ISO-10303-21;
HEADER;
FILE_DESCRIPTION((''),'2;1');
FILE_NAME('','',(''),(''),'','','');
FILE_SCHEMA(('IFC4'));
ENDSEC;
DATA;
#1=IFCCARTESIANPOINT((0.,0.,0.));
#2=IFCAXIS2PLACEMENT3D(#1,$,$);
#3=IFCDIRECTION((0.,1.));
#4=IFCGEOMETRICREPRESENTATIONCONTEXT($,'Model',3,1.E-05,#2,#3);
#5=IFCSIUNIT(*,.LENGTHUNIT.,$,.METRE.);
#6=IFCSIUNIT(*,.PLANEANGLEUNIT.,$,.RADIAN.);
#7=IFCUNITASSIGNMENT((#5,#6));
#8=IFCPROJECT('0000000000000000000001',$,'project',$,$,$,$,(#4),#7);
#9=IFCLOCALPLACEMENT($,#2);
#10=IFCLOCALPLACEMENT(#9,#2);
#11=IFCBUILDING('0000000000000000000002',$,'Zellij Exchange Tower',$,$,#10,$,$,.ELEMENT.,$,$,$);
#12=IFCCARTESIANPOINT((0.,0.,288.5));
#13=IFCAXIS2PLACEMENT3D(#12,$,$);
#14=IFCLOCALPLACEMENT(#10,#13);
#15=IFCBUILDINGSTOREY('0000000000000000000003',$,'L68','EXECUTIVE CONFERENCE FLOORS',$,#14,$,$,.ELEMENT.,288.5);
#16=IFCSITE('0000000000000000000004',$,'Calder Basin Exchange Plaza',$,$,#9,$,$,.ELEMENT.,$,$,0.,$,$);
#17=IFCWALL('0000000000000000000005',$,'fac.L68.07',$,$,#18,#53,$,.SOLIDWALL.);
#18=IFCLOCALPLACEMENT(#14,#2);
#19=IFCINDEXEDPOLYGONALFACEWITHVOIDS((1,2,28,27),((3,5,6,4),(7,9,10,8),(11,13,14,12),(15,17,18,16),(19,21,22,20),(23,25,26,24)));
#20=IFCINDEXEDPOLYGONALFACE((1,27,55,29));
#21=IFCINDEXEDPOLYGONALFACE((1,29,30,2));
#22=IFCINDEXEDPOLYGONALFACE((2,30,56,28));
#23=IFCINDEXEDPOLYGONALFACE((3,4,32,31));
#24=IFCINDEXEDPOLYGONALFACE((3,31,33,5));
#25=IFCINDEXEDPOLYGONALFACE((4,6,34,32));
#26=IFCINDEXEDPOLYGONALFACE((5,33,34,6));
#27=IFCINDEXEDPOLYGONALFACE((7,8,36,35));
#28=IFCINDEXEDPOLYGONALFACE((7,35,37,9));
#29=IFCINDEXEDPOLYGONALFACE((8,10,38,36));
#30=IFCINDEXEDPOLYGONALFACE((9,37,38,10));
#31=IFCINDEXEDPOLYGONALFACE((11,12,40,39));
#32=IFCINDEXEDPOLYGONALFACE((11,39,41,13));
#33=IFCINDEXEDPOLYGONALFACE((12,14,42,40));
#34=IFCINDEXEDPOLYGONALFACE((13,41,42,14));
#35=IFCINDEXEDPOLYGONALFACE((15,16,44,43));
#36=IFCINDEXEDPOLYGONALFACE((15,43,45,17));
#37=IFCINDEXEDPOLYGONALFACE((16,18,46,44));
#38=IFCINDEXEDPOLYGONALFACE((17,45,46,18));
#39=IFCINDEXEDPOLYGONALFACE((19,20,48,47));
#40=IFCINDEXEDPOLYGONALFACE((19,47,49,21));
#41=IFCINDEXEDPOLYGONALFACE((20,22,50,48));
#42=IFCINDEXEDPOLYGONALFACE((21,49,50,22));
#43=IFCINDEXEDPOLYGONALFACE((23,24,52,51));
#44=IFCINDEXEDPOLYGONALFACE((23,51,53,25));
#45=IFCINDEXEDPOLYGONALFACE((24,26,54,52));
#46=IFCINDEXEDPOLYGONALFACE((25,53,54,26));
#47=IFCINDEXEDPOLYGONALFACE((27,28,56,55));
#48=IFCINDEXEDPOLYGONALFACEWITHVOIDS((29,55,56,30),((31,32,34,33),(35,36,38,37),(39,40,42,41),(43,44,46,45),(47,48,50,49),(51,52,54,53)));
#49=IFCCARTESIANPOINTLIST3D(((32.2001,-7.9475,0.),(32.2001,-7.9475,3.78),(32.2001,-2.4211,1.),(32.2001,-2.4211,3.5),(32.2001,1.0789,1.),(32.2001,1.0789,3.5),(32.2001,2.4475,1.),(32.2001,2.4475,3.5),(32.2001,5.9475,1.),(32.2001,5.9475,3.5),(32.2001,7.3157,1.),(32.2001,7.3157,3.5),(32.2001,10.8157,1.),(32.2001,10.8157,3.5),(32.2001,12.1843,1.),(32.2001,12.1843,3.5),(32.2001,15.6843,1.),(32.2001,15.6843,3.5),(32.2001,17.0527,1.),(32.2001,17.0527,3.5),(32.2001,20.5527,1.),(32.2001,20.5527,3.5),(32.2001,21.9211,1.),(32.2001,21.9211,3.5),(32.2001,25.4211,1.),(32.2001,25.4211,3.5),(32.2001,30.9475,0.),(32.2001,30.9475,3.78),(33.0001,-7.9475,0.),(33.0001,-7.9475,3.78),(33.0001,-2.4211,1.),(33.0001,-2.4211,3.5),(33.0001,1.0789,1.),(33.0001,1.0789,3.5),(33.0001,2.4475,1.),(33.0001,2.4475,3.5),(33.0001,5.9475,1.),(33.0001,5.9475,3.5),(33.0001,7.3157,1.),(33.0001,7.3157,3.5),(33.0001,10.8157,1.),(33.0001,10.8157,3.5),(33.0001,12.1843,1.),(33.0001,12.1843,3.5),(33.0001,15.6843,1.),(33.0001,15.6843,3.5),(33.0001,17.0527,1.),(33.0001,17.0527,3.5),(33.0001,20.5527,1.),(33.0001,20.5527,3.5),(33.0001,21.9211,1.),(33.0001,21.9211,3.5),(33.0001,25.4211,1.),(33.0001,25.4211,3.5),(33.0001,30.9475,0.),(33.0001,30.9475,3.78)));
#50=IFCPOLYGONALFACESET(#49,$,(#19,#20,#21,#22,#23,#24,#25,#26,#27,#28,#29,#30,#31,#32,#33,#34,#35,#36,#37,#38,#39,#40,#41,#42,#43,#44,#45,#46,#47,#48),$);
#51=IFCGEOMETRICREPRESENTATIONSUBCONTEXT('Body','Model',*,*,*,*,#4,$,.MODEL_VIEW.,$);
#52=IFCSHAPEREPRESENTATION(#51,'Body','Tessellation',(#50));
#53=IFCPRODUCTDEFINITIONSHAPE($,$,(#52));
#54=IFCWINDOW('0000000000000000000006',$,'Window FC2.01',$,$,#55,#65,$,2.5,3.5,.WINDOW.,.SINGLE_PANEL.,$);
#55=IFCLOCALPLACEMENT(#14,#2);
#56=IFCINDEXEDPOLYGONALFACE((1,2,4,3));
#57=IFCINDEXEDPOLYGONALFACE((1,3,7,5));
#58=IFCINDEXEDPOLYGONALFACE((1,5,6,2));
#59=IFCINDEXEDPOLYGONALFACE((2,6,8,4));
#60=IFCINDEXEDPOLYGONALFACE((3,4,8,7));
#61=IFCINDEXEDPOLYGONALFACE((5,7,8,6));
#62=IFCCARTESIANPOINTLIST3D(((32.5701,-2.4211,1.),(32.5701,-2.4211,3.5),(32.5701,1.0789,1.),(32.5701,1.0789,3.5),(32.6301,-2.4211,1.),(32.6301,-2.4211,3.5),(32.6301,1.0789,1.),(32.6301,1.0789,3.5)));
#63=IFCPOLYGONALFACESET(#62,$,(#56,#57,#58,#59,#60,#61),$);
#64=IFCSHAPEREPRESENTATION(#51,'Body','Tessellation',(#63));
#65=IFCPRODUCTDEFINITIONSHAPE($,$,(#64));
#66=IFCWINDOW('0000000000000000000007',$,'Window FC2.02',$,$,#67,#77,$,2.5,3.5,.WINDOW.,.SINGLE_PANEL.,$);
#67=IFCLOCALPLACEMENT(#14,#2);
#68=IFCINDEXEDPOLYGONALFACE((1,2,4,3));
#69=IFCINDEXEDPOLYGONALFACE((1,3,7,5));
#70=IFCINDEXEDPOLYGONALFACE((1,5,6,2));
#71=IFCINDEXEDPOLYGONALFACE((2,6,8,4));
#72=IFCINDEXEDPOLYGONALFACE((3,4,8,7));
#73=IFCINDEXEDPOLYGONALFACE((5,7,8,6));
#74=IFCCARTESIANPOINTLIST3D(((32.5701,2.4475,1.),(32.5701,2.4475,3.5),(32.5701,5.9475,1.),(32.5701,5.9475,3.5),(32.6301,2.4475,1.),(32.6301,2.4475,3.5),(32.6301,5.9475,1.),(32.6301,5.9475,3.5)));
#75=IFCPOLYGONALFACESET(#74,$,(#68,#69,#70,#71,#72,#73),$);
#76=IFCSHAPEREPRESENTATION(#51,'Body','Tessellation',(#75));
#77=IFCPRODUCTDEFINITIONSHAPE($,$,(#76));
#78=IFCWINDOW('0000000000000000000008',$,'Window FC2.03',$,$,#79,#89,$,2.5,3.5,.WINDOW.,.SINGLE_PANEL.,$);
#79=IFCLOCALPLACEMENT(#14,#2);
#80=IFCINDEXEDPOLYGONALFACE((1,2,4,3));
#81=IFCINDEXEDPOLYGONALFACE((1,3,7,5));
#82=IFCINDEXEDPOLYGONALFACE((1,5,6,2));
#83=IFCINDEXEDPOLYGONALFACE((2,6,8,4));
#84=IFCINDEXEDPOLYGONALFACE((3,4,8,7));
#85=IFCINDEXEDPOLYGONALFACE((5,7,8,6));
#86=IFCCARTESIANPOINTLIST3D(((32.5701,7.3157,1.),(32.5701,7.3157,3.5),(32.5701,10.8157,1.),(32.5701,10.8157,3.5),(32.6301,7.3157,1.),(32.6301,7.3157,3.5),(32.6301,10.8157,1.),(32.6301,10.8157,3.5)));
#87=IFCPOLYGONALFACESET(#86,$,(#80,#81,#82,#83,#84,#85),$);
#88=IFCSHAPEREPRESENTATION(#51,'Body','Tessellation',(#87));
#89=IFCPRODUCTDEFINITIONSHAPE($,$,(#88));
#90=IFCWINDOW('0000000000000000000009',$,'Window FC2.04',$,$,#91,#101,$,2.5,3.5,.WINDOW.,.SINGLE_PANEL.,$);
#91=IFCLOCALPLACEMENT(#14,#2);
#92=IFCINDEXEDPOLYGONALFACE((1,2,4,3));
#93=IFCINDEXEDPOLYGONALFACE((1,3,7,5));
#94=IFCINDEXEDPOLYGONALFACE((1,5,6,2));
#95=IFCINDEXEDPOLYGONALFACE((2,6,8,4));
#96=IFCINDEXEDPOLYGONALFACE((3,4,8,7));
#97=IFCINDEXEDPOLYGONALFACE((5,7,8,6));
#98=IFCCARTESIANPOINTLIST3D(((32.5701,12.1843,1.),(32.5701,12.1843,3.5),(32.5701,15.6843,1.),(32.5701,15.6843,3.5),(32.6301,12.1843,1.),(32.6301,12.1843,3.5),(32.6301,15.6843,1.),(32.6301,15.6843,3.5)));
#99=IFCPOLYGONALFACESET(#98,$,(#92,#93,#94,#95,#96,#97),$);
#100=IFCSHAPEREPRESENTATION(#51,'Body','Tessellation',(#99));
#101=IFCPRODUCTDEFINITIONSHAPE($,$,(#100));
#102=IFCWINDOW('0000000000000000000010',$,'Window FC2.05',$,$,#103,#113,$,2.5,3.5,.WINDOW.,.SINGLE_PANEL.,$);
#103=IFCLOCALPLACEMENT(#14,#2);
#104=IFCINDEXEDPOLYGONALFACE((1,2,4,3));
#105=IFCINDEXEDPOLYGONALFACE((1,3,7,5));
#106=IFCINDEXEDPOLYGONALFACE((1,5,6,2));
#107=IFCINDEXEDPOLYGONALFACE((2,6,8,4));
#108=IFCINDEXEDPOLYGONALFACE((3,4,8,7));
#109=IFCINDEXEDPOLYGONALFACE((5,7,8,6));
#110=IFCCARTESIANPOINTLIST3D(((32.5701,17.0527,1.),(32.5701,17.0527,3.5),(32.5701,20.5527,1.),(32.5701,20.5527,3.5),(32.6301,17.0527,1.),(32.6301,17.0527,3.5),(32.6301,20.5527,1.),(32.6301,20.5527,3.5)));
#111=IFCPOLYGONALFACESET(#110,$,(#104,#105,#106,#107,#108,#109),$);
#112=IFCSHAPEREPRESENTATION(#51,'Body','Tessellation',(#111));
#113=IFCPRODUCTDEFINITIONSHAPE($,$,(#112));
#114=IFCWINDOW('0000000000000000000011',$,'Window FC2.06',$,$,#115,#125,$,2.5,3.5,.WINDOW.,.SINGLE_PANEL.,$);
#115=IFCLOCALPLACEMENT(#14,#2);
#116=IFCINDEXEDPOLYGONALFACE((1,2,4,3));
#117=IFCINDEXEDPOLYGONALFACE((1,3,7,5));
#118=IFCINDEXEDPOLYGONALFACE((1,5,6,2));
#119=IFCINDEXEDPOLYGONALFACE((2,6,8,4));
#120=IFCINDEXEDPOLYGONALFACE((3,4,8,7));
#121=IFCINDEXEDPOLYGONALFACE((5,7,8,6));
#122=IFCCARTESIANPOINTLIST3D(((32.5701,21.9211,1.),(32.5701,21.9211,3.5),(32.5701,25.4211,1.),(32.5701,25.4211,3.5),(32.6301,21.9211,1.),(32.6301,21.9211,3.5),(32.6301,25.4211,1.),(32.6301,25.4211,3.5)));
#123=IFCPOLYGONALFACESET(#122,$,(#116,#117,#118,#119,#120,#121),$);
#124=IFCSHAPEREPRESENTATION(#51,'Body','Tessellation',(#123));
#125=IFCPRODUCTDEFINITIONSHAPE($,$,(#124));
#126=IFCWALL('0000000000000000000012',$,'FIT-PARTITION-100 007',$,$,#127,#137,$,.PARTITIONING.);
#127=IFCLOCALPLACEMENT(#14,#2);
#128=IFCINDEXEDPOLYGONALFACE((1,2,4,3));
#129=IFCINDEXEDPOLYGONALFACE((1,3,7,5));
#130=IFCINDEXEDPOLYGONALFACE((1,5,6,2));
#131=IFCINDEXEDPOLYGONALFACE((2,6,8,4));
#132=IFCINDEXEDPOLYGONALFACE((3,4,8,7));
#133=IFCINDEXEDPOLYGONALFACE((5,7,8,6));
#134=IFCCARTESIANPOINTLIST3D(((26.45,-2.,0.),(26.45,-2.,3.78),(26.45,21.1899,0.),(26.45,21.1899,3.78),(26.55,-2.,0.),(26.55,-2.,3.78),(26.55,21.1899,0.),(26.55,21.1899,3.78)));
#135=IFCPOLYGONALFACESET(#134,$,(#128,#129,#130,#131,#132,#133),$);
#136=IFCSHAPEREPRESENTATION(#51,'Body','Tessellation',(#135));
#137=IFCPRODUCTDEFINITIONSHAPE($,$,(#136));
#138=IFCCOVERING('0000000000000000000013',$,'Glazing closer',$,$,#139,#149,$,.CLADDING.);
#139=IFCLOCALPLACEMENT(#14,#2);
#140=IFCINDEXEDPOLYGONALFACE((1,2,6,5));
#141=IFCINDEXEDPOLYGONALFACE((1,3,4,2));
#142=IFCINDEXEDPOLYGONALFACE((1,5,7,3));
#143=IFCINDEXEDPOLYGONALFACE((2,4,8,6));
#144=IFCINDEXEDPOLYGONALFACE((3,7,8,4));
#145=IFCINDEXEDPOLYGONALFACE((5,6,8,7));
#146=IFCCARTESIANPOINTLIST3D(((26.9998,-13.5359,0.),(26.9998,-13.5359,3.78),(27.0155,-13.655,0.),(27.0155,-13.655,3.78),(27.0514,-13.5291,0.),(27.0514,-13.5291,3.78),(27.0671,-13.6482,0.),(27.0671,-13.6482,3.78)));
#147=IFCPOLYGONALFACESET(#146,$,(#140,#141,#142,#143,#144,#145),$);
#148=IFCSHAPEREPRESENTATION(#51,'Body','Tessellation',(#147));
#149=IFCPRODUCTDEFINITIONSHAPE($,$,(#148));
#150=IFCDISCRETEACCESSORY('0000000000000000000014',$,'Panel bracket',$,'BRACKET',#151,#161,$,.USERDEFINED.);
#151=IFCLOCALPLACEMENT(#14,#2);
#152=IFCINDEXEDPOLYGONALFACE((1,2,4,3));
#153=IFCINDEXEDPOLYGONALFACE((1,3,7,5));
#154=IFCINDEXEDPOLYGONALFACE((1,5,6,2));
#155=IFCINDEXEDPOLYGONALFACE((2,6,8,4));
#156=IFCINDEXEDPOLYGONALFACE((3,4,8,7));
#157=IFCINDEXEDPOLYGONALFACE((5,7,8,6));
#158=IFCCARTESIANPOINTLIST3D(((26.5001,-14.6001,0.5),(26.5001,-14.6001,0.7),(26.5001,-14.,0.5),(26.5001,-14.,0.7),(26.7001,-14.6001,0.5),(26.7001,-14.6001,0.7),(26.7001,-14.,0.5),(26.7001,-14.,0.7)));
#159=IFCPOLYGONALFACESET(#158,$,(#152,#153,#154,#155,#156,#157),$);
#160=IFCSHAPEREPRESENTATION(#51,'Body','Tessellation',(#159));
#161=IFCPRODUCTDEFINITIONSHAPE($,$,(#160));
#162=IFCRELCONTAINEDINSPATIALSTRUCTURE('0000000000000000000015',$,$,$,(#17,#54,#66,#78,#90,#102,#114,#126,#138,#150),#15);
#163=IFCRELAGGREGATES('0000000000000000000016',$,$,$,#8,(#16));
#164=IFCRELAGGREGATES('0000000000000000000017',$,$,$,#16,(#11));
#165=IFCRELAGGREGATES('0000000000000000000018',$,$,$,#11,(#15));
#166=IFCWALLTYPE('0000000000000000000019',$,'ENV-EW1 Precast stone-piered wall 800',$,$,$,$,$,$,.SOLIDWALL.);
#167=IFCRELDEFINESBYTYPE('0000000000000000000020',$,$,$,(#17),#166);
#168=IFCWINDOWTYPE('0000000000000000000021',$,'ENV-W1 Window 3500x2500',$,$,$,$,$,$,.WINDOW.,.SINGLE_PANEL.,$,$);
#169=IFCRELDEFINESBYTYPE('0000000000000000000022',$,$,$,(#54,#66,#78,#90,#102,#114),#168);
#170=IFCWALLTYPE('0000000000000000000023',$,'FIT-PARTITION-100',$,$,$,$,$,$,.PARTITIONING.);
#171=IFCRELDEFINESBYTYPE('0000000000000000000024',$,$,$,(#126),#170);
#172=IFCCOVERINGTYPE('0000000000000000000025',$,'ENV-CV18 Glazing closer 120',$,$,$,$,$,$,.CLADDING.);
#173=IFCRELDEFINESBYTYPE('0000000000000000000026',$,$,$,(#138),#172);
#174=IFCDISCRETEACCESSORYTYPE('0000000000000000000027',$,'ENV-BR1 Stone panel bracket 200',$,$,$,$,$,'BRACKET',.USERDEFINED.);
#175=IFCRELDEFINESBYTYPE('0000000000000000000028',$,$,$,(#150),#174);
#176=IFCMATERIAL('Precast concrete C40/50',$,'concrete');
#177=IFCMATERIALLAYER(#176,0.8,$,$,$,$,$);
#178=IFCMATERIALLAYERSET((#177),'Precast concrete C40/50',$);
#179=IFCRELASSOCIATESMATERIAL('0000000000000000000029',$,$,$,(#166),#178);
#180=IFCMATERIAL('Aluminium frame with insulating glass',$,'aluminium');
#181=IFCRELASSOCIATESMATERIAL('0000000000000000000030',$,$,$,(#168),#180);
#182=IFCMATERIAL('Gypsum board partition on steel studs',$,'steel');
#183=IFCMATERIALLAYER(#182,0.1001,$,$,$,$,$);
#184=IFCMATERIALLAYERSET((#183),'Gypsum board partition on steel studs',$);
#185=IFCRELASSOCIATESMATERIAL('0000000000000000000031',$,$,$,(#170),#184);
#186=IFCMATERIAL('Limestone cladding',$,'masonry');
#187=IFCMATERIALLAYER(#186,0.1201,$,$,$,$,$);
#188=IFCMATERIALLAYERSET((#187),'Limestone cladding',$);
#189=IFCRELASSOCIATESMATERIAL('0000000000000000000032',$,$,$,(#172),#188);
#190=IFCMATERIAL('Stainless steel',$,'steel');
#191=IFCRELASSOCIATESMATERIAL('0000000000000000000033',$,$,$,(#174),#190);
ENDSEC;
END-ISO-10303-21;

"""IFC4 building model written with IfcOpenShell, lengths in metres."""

from ifc_helpers import new_model, si_unit, direction, frame, frame_2d, origin, origin_2d, place, context, subcontext, project, spatial, rectangle, extrude, material, layer, layer_set, type_object, element, fill, save


model = new_model("IFC4")

# Units and contexts
model_context = context("Model", 3, precision=1e-05, world=origin(), true_north=direction((0.0, 1.0)))
body_context = subcontext(model_context, "Body", "Model", "MODEL_VIEW")
ifc_project = project(units=[si_unit("LENGTHUNIT", "METRE"), si_unit("PLANEANGLEUNIT", "RADIAN")], contexts=[model_context])

# Site, building, storey
site_placement = place(None, origin())
site = spatial("IfcSite", under=ifc_project, at=site_placement, Name="Calder Basin Exchange Plaza", CompositionType="ELEMENT", RefElevation=0.0)
building_placement = place(site_placement, origin())
building = spatial("IfcBuilding", under=site, at=building_placement, Name="Zellij Exchange Tower", CompositionType="ELEMENT")
storey_placement = place(building_placement, frame((0.0, 0.0, 288.5)))
storey = spatial("IfcBuildingStorey", under=building, at=storey_placement, Name="L68", Description="EXECUTIVE CONFERENCE FLOORS", CompositionType="ELEMENT", Elevation=288.5)

# Shared definitions
ifc_material_1 = material(Name="Precast concrete C40/50", Category="concrete")
ifc_layer_1 = layer(ifc_material_1, 0.8)
ifc_layer_set_1 = layer_set([ifc_layer_1], Name="Precast concrete C40/50")
wall_type_1 = type_object("IfcWallType", Name="ENV-EW1 Precast stone-piered wall 800", PredefinedType="SOLIDWALL", material=ifc_layer_set_1)

# Wall, openings, windows
wall_1_placement = place(storey_placement, frame((32.6001, -7.9475, 0.0), z_axis=(0.0, 0.0, 1.0), x_axis=(0.0, 1.0, 0.0)))
wall_1 = element("IfcWall", 1, at=wall_1_placement, inside=storey, type_object=wall_type_1, Name="fac.L68.07", PredefinedType="SOLIDWALL", context=body_context, shape_type="SweptSolid", body=[
    extrude(rectangle(XDim=38.895, YDim=0.8, at=frame_2d((19.4475, 0.0))), origin(), (0.0, 0.0, 1.0), 3.78),
])
opening_1_placement = place(wall_1_placement, frame((5.5264, 0.0, 1.0)))
opening_1 = element("IfcOpeningElement", 2, at=opening_1_placement, cuts=wall_1, PredefinedType="OPENING", context=body_context, shape_type="SweptSolid", body=[
    extrude(rectangle(XDim=3.5, YDim=2.5, at=frame_2d((1.75, 1.25))), frame((0.0, 0.4121, 0.0), z_axis=(0.0, -1.0, 0.0), x_axis=(1.0, 0.0, 0.0)), (0.0, 0.0, 1.0), 0.824),
])
opening_2_placement = place(wall_1_placement, frame((10.395, 0.0, 1.0)))
opening_2 = element("IfcOpeningElement", 3, at=opening_2_placement, cuts=wall_1, PredefinedType="OPENING", context=body_context, shape_type="SweptSolid", body=[
    extrude(rectangle(XDim=3.5, YDim=2.5, at=frame_2d((1.75, 1.25))), frame((0.0, 0.4121, 0.0), z_axis=(0.0, -1.0, 0.0), x_axis=(1.0, 0.0, 0.0)), (0.0, 0.0, 1.0), 0.824),
])
opening_3_placement = place(wall_1_placement, frame((15.2632, 0.0, 1.0)))
opening_3 = element("IfcOpeningElement", 4, at=opening_3_placement, cuts=wall_1, PredefinedType="OPENING", context=body_context, shape_type="SweptSolid", body=[
    extrude(rectangle(XDim=3.5, YDim=2.5, at=frame_2d((1.75, 1.25))), frame((0.0, 0.4121, 0.0), z_axis=(0.0, -1.0, 0.0), x_axis=(1.0, 0.0, 0.0)), (0.0, 0.0, 1.0), 0.824),
])
opening_4_placement = place(wall_1_placement, frame((20.1318, 0.0, 1.0)))
opening_4 = element("IfcOpeningElement", 5, at=opening_4_placement, cuts=wall_1, PredefinedType="OPENING", context=body_context, shape_type="SweptSolid", body=[
    extrude(rectangle(XDim=3.5, YDim=2.5, at=frame_2d((1.75, 1.25))), frame((0.0, 0.4121, 0.0), z_axis=(0.0, -1.0, 0.0), x_axis=(1.0, 0.0, 0.0)), (0.0, 0.0, 1.0), 0.824),
])
opening_5_placement = place(wall_1_placement, frame((25.0002, 0.0, 1.0)))
opening_5 = element("IfcOpeningElement", 6, at=opening_5_placement, cuts=wall_1, PredefinedType="OPENING", context=body_context, shape_type="SweptSolid", body=[
    extrude(rectangle(XDim=3.5, YDim=2.5, at=frame_2d((1.75, 1.25))), frame((0.0, 0.4121, 0.0), z_axis=(0.0, -1.0, 0.0), x_axis=(1.0, 0.0, 0.0)), (0.0, 0.0, 1.0), 0.824),
])
opening_6_placement = place(wall_1_placement, frame((29.8687, 0.0, 1.0)))
opening_6 = element("IfcOpeningElement", 7, at=opening_6_placement, cuts=wall_1, PredefinedType="OPENING", context=body_context, shape_type="SweptSolid", body=[
    extrude(rectangle(XDim=3.5, YDim=2.5, at=frame_2d((1.75, 1.25))), frame((0.0, 0.4121, 0.0), z_axis=(0.0, -1.0, 0.0), x_axis=(1.0, 0.0, 0.0)), (0.0, 0.0, 1.0), 0.824),
])
ifc_material_2 = material(Name="Aluminium frame with insulating glass", Category="aluminium")
window_type = type_object("IfcWindowType", Name="ENV-W1 Window 3500x2500", PartitioningType="SINGLE_PANEL", PredefinedType="WINDOW", material=ifc_material_2)
window_1_placement = place(opening_1_placement, origin())
window_1 = element("IfcWindow", 8, at=window_1_placement, inside=storey, type_object=window_type, Name="Window FC2.01", OverallHeight=2.5, OverallWidth=3.5, PartitioningType="SINGLE_PANEL", PredefinedType="WINDOW", context=body_context, shape_type="SweptSolid", body=[
    extrude(rectangle(XDim=3.5, YDim=2.5, at=frame_2d((1.75, 1.25))), frame((0.0, 0.03, 0.0), z_axis=(0.0, -1.0, 0.0), x_axis=(1.0, 0.0, 0.0)), (0.0, 0.0, 1.0), 0.0601),
])
fill(opening_1, window_1)
window_2_placement = place(opening_2_placement, origin())
window_2 = element("IfcWindow", 9, at=window_2_placement, inside=storey, type_object=window_type, Name="Window FC2.02", OverallHeight=2.5, OverallWidth=3.5, PartitioningType="SINGLE_PANEL", PredefinedType="WINDOW", context=body_context, shape_type="SweptSolid", body=[
    extrude(rectangle(XDim=3.5, YDim=2.5, at=frame_2d((1.75, 1.25))), frame((0.0, 0.03, 0.0), z_axis=(0.0, -1.0, 0.0), x_axis=(1.0, 0.0, 0.0)), (0.0, 0.0, 1.0), 0.0601),
])
fill(opening_2, window_2)
window_3_placement = place(opening_3_placement, origin())
window_3 = element("IfcWindow", 10, at=window_3_placement, inside=storey, type_object=window_type, Name="Window FC2.03", OverallHeight=2.5, OverallWidth=3.5, PartitioningType="SINGLE_PANEL", PredefinedType="WINDOW", context=body_context, shape_type="SweptSolid", body=[
    extrude(rectangle(XDim=3.5, YDim=2.5, at=frame_2d((1.75, 1.25))), frame((0.0, 0.03, 0.0), z_axis=(0.0, -1.0, 0.0), x_axis=(1.0, 0.0, 0.0)), (0.0, 0.0, 1.0), 0.0601),
])
fill(opening_3, window_3)
window_4_placement = place(opening_4_placement, origin())
window_4 = element("IfcWindow", 11, at=window_4_placement, inside=storey, type_object=window_type, Name="Window FC2.04", OverallHeight=2.5, OverallWidth=3.5, PartitioningType="SINGLE_PANEL", PredefinedType="WINDOW", context=body_context, shape_type="SweptSolid", body=[
    extrude(rectangle(XDim=3.5, YDim=2.5, at=frame_2d((1.75, 1.25))), frame((0.0, 0.03, 0.0), z_axis=(0.0, -1.0, 0.0), x_axis=(1.0, 0.0, 0.0)), (0.0, 0.0, 1.0), 0.0601),
])
fill(opening_4, window_4)
window_5_placement = place(opening_5_placement, origin())
window_5 = element("IfcWindow", 12, at=window_5_placement, inside=storey, type_object=window_type, Name="Window FC2.05", OverallHeight=2.5, OverallWidth=3.5, PartitioningType="SINGLE_PANEL", PredefinedType="WINDOW", context=body_context, shape_type="SweptSolid", body=[
    extrude(rectangle(XDim=3.5, YDim=2.5, at=frame_2d((1.75, 1.25))), frame((0.0, 0.03, 0.0), z_axis=(0.0, -1.0, 0.0), x_axis=(1.0, 0.0, 0.0)), (0.0, 0.0, 1.0), 0.0601),
])
fill(opening_5, window_5)
window_6_placement = place(opening_6_placement, origin())
window_6 = element("IfcWindow", 13, at=window_6_placement, inside=storey, type_object=window_type, Name="Window FC2.06", OverallHeight=2.5, OverallWidth=3.5, PartitioningType="SINGLE_PANEL", PredefinedType="WINDOW", context=body_context, shape_type="SweptSolid", body=[
    extrude(rectangle(XDim=3.5, YDim=2.5, at=frame_2d((1.75, 1.25))), frame((0.0, 0.03, 0.0), z_axis=(0.0, -1.0, 0.0), x_axis=(1.0, 0.0, 0.0)), (0.0, 0.0, 1.0), 0.0601),
])
fill(opening_6, window_6)

# Wall
ifc_material_3 = material(Name="Gypsum board partition on steel studs", Category="steel")
ifc_layer_2 = layer(ifc_material_3, 0.1001)
ifc_layer_set_2 = layer_set([ifc_layer_2], Name="Gypsum board partition on steel studs")
wall_type_2 = type_object("IfcWallType", Name="FIT-PARTITION-100", PredefinedType="PARTITIONING", material=ifc_layer_set_2)
wall_2_placement = place(storey_placement, frame((26.5, -2.0, 0.0), z_axis=(0.0, 0.0, 1.0), x_axis=(0.0, 1.0, 0.0)))
element("IfcWall", 14, at=wall_2_placement, inside=storey, type_object=wall_type_2, Name="FIT-PARTITION-100 007", PredefinedType="PARTITIONING", context=body_context, shape_type="SweptSolid", body=[
    extrude(rectangle(XDim=23.1899, YDim=0.1001, at=frame_2d((11.595, 0.0))), origin(), (0.0, 0.0, 1.0), 3.78),
])

# Covering
ifc_material_4 = material(Name="Limestone cladding", Category="masonry")
ifc_layer_3 = layer(ifc_material_4, 0.1201)
ifc_layer_set_3 = layer_set([ifc_layer_3], Name="Limestone cladding")
covering_type = type_object("IfcCoveringType", Name="ENV-CV18 Glazing closer 120", PredefinedType="CLADDING", material=ifc_layer_set_3)
covering_placement = place(storey_placement, frame((27.0334, -13.592, 0.0), z_axis=(0.0, 0.0, 1.0), x_axis=(-0.991449, -0.130499, 0.0)))
element("IfcCovering", 15, at=covering_placement, inside=storey, type_object=covering_type, Name="Glazing closer", PredefinedType="CLADDING", context=body_context, shape_type="SweptSolid", body=[
    extrude(rectangle(XDim=0.052, YDim=0.1201, at=origin_2d()), origin(), (0.0, 0.0, 1.0), 3.78),
])

# Discrete accessory
ifc_material_5 = material(Name="Stainless steel", Category="steel")
discrete_accessory_type = type_object("IfcDiscreteAccessoryType", Name="ENV-BR1 Stone panel bracket 200", ElementType="BRACKET", PredefinedType="USERDEFINED", material=ifc_material_5)
for number, where, z_axis, x_axis, name in (
    (16, (26.6001, -14.3, 0.5), (0.0, 0.0, 1.0), (1.0, 0.0, 0.0), "Panel bracket"),
):
    element("IfcDiscreteAccessory", number, at=place(storey_placement, frame(where, z_axis=z_axis, x_axis=x_axis)), inside=storey, type_object=discrete_accessory_type, Name=name, ObjectType="BRACKET", PredefinedType="USERDEFINED", context=body_context, shape_type="SweptSolid", body=[
        extrude(rectangle(XDim=0.2, YDim=0.6001, at=origin_2d()), origin(), (0.0, 0.0, 1.0), 0.2),
    ])

save(model, "model.ifc")
